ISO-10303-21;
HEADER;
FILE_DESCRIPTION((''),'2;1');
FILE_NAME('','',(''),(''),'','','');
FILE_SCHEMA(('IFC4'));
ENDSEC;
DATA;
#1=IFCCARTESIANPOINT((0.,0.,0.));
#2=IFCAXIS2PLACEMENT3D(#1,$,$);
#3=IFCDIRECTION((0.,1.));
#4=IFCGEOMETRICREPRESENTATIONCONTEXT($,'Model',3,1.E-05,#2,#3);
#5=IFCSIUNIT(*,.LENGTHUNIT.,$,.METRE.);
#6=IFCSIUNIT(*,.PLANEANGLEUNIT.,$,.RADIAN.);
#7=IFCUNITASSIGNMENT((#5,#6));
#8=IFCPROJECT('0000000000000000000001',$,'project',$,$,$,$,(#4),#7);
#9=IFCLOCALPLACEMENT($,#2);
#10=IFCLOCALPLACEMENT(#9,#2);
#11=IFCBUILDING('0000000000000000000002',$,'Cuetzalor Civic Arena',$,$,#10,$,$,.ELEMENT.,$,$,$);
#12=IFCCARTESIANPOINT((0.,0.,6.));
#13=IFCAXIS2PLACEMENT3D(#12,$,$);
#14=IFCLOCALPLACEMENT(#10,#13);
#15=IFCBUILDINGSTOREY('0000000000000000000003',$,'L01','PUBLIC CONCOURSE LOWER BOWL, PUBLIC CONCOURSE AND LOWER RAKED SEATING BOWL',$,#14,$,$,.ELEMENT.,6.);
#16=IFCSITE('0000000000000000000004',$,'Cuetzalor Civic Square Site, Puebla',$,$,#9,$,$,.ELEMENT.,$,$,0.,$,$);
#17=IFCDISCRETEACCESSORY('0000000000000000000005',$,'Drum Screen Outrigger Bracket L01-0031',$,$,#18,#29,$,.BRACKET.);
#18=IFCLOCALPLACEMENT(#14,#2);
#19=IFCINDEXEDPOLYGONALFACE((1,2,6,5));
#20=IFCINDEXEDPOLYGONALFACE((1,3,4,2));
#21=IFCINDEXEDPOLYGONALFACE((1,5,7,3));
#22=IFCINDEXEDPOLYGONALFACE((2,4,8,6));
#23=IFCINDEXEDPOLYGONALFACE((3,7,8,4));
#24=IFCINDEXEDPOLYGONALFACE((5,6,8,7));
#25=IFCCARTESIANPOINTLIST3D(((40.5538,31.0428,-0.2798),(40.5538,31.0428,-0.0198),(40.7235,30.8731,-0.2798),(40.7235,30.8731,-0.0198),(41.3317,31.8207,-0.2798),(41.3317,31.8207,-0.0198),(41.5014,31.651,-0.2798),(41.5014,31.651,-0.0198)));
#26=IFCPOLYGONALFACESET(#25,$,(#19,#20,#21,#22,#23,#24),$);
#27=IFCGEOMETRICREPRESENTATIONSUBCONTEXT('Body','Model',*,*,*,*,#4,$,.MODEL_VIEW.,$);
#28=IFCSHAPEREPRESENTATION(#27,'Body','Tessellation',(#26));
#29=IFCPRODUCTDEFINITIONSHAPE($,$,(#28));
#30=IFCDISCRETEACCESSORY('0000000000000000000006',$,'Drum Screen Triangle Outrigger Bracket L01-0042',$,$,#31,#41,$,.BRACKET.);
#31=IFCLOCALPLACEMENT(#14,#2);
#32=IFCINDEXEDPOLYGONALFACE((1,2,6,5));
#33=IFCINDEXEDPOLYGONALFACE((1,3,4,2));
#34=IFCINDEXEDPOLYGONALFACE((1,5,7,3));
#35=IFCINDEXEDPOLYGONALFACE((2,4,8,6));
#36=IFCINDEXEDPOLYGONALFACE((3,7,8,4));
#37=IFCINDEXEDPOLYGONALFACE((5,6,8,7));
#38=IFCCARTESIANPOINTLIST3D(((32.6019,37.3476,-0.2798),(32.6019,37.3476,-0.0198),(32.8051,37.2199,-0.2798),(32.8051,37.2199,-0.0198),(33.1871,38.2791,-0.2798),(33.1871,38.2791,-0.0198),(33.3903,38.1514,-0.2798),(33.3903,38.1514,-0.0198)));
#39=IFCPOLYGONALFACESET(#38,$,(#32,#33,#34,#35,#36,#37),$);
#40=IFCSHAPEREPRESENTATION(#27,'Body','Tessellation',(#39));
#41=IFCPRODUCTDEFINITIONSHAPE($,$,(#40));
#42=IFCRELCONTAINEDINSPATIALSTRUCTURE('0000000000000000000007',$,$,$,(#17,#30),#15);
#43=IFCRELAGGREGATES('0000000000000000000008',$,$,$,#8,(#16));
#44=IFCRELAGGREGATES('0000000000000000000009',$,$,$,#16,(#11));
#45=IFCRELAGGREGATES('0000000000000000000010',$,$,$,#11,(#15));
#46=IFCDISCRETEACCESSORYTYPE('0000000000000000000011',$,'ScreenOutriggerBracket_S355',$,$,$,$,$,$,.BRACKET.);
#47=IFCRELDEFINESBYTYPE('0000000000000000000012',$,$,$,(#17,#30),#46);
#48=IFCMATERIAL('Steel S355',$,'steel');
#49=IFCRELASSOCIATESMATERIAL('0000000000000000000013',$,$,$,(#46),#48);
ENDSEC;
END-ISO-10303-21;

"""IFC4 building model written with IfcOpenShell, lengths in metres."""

from ifc_helpers import new_model, si_unit, direction, frame, origin, origin_2d, place, context, subcontext, project, spatial, rectangle, extrude, material, type_object, element, save


model = new_model("IFC4")

# Units and contexts
model_context = context("Model", 3, precision=1e-05, world=origin(), true_north=direction((0.0, 1.0)))
body_context = subcontext(model_context, "Body", "Model", "MODEL_VIEW")
ifc_project = project(units=[si_unit("LENGTHUNIT", "METRE"), si_unit("PLANEANGLEUNIT", "RADIAN")], contexts=[model_context])

# Site, building, storey
site_placement = place(None, origin())
site = spatial("IfcSite", under=ifc_project, at=site_placement, Name="Cuetzalor Civic Square Site, Puebla", CompositionType="ELEMENT", RefElevation=0.0)
building_placement = place(site_placement, origin())
building = spatial("IfcBuilding", under=site, at=building_placement, Name="Cuetzalor Civic Arena", CompositionType="ELEMENT")
storey_placement = place(building_placement, frame((0.0, 0.0, 6.0)))
storey = spatial("IfcBuildingStorey", under=building, at=storey_placement, Name="L01", Description="PUBLIC CONCOURSE LOWER BOWL, PUBLIC CONCOURSE AND LOWER RAKED SEATING BOWL", CompositionType="ELEMENT", Elevation=6.0)

# Discrete accessories
ifc_material_1 = material(Name="Steel S355", Category="steel")
discrete_accessory_type = type_object("IfcDiscreteAccessoryType", Name="ScreenOutriggerBracket_S355", PredefinedType="BRACKET", material=ifc_material_1)
for number, where, z_axis, x_axis, name in (
    (1, (41.0276, 31.3469, -0.2798), (0.0, 0.0, 1.0), (0.707107, 0.707107, 0.0), "Drum Screen Outrigger Bracket L01-0031"),
    (2, (32.9961, 37.7495, -0.2798), (0.0, 0.0, 1.0), (0.53199, 0.846751, 0.0), "Drum Screen Triangle Outrigger Bracket L01-0042"),
):
    element("IfcDiscreteAccessory", number, at=place(storey_placement, frame(where, z_axis=z_axis, x_axis=x_axis)), inside=storey, type_object=discrete_accessory_type, Name=name, PredefinedType="BRACKET", context=body_context, shape_type="SweptSolid", body=[
        extrude(rectangle(XDim=1.1001, YDim=0.24, at=origin_2d()), origin(), (0.0, 0.0, 1.0), 0.26),
    ])

save(model, "model.ifc")
